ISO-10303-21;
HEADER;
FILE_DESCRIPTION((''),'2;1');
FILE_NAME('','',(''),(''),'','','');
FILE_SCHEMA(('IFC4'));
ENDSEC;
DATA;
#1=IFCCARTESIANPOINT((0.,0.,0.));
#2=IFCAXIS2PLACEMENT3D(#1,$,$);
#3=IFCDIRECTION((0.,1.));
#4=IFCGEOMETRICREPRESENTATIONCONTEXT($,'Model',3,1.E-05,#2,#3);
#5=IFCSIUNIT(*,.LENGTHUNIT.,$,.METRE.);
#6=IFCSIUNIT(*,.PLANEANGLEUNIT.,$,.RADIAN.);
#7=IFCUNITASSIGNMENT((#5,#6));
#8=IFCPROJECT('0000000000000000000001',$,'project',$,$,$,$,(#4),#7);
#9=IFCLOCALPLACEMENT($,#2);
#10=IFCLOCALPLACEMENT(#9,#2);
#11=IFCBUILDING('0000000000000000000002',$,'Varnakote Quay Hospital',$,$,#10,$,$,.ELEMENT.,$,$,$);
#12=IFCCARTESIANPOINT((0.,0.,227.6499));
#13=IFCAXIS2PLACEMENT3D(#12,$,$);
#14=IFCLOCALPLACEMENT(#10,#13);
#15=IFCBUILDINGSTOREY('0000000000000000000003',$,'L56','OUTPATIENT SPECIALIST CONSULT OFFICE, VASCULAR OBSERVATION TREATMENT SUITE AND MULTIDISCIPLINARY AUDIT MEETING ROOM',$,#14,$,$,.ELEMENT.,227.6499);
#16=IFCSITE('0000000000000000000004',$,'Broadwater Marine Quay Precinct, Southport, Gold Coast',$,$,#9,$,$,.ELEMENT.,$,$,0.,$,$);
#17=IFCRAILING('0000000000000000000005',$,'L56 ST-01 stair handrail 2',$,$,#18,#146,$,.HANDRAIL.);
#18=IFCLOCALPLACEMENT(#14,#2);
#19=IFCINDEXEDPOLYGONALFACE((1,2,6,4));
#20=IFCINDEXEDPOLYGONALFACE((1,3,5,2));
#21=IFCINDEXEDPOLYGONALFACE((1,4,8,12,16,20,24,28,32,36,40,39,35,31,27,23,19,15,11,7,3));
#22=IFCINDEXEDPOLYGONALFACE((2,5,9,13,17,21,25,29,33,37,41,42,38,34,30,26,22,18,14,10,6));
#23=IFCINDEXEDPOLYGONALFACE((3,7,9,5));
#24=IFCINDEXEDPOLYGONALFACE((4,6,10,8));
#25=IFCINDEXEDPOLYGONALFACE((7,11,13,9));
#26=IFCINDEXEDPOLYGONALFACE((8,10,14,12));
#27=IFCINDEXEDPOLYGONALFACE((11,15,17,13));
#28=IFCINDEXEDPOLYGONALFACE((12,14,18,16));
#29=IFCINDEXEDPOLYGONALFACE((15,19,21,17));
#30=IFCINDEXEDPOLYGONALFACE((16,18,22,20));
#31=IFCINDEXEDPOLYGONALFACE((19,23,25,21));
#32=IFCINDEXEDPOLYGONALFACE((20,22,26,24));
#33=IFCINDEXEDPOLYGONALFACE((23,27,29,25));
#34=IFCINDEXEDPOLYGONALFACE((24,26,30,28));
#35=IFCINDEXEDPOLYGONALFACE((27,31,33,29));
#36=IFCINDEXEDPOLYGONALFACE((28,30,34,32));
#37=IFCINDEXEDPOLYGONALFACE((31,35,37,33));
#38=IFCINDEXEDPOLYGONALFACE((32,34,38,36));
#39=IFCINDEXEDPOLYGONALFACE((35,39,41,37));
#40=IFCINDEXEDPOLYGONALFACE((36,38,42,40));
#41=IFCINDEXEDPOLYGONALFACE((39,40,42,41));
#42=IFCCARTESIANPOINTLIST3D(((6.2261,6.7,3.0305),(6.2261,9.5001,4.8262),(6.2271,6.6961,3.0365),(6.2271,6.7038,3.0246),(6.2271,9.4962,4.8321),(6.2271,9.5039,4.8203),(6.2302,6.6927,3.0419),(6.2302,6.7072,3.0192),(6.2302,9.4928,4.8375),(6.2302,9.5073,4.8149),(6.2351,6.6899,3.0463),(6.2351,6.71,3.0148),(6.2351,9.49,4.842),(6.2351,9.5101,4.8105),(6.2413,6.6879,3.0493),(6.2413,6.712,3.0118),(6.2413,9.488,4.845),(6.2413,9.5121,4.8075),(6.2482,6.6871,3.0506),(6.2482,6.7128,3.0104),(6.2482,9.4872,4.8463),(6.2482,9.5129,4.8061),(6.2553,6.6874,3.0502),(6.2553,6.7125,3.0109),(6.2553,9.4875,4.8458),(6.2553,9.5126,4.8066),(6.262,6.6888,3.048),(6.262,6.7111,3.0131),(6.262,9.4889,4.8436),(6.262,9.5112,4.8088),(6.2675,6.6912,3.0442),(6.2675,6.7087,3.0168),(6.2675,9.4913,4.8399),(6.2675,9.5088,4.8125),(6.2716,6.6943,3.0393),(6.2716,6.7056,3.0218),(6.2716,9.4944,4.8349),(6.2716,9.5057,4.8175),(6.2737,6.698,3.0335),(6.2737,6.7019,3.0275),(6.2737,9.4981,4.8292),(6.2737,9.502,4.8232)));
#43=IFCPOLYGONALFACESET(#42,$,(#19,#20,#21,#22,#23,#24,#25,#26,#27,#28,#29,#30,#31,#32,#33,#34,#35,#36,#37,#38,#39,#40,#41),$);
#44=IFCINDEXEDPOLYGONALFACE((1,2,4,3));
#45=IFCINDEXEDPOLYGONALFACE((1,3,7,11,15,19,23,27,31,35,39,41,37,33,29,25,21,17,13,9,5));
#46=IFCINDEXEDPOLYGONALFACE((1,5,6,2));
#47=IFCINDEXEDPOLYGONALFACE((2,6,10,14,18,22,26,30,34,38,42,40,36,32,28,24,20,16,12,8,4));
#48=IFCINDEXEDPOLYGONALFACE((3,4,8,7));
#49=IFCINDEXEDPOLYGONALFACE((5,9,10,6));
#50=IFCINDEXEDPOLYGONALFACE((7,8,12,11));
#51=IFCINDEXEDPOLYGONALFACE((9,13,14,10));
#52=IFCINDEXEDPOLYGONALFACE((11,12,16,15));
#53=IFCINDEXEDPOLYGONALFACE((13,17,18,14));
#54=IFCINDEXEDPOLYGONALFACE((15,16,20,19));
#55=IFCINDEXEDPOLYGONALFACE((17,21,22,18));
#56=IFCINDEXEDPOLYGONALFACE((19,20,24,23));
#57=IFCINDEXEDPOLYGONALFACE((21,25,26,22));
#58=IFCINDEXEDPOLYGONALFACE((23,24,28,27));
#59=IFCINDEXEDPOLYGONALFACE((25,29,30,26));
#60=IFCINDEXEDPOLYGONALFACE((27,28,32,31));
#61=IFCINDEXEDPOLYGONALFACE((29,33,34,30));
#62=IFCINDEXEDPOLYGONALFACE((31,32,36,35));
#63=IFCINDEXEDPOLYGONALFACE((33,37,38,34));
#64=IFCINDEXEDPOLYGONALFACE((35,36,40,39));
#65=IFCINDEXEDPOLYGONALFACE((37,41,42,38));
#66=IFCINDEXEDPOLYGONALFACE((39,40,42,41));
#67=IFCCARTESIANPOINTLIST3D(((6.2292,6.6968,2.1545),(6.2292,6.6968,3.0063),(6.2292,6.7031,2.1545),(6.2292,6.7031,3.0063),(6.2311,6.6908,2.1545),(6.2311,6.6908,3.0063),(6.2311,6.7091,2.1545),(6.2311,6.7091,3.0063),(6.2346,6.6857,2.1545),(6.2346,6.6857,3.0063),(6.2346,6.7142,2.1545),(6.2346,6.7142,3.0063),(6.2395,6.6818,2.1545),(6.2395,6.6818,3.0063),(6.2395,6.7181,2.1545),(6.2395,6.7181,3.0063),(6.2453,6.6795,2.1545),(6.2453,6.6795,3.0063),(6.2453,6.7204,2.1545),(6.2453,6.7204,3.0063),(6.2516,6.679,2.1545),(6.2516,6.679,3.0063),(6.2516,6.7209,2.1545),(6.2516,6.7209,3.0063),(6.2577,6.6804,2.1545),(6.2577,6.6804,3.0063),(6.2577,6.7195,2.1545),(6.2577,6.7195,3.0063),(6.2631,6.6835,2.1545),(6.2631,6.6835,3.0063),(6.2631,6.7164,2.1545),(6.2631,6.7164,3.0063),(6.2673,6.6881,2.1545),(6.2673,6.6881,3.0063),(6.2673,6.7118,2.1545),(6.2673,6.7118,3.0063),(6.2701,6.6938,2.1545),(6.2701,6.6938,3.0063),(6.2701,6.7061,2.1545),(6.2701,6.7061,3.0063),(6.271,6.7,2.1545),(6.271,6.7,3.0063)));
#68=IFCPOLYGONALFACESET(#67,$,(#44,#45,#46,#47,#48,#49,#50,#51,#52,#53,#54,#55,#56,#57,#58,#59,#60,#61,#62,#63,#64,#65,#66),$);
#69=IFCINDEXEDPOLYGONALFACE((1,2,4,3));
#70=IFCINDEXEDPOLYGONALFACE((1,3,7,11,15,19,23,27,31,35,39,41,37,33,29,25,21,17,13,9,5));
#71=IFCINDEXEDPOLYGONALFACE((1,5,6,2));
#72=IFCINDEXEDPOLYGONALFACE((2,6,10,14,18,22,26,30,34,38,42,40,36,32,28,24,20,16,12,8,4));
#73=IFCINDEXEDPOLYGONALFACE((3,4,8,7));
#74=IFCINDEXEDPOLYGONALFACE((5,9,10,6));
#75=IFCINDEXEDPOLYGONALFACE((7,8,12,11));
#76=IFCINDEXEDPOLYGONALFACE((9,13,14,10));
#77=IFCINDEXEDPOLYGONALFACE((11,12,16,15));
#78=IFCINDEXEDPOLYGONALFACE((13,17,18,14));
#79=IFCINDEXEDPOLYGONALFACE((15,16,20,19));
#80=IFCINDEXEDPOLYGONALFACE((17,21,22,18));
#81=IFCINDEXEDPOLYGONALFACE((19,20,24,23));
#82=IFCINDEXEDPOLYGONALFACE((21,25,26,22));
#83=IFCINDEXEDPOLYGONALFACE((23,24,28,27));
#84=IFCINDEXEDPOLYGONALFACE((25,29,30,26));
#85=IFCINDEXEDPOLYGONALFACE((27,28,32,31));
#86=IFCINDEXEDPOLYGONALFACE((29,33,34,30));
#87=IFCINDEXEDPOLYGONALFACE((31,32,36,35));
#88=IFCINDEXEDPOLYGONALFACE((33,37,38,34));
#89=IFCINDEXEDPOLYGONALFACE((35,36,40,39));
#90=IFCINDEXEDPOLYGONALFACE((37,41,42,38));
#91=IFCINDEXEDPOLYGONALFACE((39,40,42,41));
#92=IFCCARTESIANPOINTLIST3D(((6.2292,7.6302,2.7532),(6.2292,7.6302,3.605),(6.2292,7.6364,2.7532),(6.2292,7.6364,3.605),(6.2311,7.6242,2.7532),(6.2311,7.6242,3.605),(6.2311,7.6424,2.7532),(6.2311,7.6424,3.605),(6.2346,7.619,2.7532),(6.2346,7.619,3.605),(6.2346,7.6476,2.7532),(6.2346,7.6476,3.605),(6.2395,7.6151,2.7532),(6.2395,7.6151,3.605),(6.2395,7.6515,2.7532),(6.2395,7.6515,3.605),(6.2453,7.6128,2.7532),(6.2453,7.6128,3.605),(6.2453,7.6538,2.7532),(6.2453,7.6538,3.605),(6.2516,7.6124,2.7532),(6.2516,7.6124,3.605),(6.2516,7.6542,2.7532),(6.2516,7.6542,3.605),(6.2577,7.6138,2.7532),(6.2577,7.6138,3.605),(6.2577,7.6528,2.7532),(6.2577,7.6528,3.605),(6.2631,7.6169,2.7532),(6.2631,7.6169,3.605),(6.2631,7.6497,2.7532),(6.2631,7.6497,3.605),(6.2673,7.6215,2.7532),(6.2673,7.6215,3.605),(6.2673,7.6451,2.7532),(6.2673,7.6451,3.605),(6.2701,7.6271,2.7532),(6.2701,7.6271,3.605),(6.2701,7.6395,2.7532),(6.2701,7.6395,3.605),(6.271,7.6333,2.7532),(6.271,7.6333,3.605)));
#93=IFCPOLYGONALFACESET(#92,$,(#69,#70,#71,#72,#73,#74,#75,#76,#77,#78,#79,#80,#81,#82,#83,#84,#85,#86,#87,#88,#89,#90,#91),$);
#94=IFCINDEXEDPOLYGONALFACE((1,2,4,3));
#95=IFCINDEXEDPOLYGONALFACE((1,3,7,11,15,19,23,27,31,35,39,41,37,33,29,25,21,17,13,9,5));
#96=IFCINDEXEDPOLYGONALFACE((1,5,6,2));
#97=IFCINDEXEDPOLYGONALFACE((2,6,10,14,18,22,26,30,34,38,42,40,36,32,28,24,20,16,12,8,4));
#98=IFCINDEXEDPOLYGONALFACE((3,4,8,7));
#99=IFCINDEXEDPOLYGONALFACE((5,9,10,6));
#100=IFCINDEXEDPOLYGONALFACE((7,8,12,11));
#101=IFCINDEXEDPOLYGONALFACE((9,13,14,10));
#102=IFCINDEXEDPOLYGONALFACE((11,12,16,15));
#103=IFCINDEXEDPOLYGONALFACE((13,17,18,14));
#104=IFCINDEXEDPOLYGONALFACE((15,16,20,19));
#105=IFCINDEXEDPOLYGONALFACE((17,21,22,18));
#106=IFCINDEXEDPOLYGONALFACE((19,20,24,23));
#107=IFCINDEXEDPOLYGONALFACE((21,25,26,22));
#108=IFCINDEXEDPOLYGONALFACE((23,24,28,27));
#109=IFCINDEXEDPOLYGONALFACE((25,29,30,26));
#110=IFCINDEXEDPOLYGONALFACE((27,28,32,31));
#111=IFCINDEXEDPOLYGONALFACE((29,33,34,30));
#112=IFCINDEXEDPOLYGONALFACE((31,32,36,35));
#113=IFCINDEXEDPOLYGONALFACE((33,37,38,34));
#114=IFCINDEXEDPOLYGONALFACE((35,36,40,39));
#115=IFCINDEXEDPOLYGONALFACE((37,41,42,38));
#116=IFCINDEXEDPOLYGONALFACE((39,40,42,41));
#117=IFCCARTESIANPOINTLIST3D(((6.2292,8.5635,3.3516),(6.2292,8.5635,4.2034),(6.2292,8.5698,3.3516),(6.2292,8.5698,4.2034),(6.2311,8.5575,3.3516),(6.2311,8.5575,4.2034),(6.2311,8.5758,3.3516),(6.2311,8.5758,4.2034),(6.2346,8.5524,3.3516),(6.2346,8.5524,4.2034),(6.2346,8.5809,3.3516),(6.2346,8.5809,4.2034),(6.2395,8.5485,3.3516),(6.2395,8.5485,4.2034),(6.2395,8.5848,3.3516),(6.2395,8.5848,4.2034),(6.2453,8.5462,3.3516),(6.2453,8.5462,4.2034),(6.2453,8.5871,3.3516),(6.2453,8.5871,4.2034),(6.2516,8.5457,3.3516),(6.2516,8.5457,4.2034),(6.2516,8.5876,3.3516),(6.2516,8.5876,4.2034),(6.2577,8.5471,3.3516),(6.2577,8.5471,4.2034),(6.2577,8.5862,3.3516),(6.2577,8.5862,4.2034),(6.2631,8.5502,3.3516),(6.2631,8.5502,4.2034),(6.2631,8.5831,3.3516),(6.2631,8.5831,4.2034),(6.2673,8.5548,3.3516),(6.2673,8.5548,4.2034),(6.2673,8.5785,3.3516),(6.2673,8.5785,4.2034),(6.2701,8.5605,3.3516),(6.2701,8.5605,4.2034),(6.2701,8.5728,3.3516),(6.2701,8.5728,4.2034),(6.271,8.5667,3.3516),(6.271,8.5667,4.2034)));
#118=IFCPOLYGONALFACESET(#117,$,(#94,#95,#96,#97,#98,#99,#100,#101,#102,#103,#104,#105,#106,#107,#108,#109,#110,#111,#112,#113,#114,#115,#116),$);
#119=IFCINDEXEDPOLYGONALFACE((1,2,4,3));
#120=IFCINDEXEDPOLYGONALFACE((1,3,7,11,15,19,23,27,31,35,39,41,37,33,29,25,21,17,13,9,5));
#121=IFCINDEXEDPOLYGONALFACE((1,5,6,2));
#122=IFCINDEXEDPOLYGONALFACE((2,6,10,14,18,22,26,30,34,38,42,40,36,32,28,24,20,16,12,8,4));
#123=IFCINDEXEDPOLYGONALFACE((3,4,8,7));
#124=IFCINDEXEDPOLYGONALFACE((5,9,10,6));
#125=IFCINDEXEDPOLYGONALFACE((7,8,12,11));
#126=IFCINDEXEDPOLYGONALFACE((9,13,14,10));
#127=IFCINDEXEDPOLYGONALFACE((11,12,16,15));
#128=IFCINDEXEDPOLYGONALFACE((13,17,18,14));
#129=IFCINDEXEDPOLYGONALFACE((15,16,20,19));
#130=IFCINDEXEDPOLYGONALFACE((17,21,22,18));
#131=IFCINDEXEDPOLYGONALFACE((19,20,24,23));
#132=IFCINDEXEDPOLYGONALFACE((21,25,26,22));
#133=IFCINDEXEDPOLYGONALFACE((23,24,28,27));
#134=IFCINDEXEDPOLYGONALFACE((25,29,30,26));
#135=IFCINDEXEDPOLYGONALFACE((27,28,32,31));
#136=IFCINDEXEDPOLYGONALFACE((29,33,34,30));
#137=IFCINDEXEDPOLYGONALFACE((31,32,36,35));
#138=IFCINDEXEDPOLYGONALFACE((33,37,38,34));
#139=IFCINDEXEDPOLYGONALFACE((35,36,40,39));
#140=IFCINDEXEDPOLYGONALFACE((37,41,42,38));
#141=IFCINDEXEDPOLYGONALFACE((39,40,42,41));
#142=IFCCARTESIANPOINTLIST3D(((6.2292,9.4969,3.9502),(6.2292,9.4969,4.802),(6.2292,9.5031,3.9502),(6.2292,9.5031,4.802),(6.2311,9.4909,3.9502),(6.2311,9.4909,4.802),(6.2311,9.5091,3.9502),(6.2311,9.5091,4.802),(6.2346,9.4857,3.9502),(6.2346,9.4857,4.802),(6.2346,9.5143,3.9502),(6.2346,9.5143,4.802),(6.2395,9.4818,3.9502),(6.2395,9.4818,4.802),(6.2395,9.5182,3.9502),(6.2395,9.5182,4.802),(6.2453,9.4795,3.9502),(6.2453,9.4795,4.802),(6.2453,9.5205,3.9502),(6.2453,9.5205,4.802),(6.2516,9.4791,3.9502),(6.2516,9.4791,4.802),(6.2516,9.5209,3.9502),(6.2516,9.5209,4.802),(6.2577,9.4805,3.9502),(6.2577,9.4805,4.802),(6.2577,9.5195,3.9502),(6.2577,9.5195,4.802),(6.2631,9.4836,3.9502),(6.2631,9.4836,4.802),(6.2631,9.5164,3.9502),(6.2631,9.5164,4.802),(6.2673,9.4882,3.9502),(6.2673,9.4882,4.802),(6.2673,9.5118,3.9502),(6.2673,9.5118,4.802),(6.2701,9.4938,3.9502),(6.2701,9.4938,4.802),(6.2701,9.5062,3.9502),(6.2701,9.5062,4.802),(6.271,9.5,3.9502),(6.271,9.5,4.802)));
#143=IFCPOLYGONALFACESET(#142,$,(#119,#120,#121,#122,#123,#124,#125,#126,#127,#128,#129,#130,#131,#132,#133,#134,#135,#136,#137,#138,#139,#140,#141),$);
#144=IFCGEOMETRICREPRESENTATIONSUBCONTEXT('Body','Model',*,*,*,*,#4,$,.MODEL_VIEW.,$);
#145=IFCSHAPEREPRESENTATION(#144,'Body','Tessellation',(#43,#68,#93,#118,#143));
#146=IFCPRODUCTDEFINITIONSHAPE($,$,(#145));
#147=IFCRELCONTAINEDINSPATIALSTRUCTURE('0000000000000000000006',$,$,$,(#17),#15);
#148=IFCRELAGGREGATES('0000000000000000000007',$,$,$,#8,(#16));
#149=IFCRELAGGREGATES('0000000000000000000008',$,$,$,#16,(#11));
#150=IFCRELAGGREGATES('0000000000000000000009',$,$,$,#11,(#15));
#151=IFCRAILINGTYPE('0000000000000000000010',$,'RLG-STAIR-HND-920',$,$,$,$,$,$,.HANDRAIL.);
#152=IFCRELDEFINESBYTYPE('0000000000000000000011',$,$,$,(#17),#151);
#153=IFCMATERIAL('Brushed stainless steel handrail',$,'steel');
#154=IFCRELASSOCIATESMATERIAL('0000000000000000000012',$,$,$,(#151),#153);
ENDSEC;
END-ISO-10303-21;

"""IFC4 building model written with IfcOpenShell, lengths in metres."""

from ifc_helpers import new_model, si_unit, direction, frame, origin, origin_2d, place, context, subcontext, project, spatial, circle, extrude, material, type_object, element, save


model = new_model("IFC4")

# Units and contexts
model_context = context("Model", 3, precision=1e-05, world=origin(), true_north=direction((0.0, 1.0)))
body_context = subcontext(model_context, "Body", "Model", "MODEL_VIEW")
ifc_project = project(units=[si_unit("LENGTHUNIT", "METRE"), si_unit("PLANEANGLEUNIT", "RADIAN")], contexts=[model_context])

# Site, building, storey
site_placement = place(None, origin())
site = spatial("IfcSite", under=ifc_project, at=site_placement, Name="Broadwater Marine Quay Precinct, Southport, Gold Coast", CompositionType="ELEMENT", RefElevation=0.0)
building_placement = place(site_placement, origin())
building = spatial("IfcBuilding", under=site, at=building_placement, Name="Varnakote Quay Hospital", CompositionType="ELEMENT")
storey_placement = place(building_placement, frame((0.0, 0.0, 227.6499)))
storey = spatial("IfcBuildingStorey", under=building, at=storey_placement, Name="L56", Description="OUTPATIENT SPECIALIST CONSULT OFFICE, VASCULAR OBSERVATION TREATMENT SUITE AND MULTIDISCIPLINARY AUDIT MEETING ROOM", CompositionType="ELEMENT", Elevation=227.6499)

# Railing
ifc_material_1 = material(Name="Brushed stainless steel handrail", Category="steel")
railing_type_1 = type_object("IfcRailingType", Name="RLG-STAIR-HND-920", PredefinedType="HANDRAIL", material=ifc_material_1)
railing_1_placement = place(storey_placement, frame((6.25, 6.7, 2.1545)))
element("IfcRailing", 1, at=railing_1_placement, inside=storey, type_object=railing_type_1, Name="L56 ST-01 stair handrail 2", PredefinedType="HANDRAIL", context=body_context, shape_type="SweptSolid", body=[
    extrude(circle(Radius=0.0239, at=origin_2d()), frame((0.0, 0.0, 0.876), z_axis=(0.0, 0.841777, 0.539826), x_axis=(-1.0, 0.0, 0.0)), (0.0, 0.0, 1.0), 3.3264),
    extrude(circle(Radius=0.021, at=origin_2d()), origin(), (0.0, 0.0, 1.0), 0.8518),
    extrude(circle(Radius=0.021, at=origin_2d()), frame((0.0, 0.9333, 0.5986)), (0.0, 0.0, 1.0), 0.8518),
    extrude(circle(Radius=0.021, at=origin_2d()), frame((0.0, 1.8667, 1.197)), (0.0, 0.0, 1.0), 0.8518),
    extrude(circle(Radius=0.021, at=origin_2d()), frame((0.0, 2.8, 1.7957)), (0.0, 0.0, 1.0), 0.8518),
])

save(model, "model.ifc")
